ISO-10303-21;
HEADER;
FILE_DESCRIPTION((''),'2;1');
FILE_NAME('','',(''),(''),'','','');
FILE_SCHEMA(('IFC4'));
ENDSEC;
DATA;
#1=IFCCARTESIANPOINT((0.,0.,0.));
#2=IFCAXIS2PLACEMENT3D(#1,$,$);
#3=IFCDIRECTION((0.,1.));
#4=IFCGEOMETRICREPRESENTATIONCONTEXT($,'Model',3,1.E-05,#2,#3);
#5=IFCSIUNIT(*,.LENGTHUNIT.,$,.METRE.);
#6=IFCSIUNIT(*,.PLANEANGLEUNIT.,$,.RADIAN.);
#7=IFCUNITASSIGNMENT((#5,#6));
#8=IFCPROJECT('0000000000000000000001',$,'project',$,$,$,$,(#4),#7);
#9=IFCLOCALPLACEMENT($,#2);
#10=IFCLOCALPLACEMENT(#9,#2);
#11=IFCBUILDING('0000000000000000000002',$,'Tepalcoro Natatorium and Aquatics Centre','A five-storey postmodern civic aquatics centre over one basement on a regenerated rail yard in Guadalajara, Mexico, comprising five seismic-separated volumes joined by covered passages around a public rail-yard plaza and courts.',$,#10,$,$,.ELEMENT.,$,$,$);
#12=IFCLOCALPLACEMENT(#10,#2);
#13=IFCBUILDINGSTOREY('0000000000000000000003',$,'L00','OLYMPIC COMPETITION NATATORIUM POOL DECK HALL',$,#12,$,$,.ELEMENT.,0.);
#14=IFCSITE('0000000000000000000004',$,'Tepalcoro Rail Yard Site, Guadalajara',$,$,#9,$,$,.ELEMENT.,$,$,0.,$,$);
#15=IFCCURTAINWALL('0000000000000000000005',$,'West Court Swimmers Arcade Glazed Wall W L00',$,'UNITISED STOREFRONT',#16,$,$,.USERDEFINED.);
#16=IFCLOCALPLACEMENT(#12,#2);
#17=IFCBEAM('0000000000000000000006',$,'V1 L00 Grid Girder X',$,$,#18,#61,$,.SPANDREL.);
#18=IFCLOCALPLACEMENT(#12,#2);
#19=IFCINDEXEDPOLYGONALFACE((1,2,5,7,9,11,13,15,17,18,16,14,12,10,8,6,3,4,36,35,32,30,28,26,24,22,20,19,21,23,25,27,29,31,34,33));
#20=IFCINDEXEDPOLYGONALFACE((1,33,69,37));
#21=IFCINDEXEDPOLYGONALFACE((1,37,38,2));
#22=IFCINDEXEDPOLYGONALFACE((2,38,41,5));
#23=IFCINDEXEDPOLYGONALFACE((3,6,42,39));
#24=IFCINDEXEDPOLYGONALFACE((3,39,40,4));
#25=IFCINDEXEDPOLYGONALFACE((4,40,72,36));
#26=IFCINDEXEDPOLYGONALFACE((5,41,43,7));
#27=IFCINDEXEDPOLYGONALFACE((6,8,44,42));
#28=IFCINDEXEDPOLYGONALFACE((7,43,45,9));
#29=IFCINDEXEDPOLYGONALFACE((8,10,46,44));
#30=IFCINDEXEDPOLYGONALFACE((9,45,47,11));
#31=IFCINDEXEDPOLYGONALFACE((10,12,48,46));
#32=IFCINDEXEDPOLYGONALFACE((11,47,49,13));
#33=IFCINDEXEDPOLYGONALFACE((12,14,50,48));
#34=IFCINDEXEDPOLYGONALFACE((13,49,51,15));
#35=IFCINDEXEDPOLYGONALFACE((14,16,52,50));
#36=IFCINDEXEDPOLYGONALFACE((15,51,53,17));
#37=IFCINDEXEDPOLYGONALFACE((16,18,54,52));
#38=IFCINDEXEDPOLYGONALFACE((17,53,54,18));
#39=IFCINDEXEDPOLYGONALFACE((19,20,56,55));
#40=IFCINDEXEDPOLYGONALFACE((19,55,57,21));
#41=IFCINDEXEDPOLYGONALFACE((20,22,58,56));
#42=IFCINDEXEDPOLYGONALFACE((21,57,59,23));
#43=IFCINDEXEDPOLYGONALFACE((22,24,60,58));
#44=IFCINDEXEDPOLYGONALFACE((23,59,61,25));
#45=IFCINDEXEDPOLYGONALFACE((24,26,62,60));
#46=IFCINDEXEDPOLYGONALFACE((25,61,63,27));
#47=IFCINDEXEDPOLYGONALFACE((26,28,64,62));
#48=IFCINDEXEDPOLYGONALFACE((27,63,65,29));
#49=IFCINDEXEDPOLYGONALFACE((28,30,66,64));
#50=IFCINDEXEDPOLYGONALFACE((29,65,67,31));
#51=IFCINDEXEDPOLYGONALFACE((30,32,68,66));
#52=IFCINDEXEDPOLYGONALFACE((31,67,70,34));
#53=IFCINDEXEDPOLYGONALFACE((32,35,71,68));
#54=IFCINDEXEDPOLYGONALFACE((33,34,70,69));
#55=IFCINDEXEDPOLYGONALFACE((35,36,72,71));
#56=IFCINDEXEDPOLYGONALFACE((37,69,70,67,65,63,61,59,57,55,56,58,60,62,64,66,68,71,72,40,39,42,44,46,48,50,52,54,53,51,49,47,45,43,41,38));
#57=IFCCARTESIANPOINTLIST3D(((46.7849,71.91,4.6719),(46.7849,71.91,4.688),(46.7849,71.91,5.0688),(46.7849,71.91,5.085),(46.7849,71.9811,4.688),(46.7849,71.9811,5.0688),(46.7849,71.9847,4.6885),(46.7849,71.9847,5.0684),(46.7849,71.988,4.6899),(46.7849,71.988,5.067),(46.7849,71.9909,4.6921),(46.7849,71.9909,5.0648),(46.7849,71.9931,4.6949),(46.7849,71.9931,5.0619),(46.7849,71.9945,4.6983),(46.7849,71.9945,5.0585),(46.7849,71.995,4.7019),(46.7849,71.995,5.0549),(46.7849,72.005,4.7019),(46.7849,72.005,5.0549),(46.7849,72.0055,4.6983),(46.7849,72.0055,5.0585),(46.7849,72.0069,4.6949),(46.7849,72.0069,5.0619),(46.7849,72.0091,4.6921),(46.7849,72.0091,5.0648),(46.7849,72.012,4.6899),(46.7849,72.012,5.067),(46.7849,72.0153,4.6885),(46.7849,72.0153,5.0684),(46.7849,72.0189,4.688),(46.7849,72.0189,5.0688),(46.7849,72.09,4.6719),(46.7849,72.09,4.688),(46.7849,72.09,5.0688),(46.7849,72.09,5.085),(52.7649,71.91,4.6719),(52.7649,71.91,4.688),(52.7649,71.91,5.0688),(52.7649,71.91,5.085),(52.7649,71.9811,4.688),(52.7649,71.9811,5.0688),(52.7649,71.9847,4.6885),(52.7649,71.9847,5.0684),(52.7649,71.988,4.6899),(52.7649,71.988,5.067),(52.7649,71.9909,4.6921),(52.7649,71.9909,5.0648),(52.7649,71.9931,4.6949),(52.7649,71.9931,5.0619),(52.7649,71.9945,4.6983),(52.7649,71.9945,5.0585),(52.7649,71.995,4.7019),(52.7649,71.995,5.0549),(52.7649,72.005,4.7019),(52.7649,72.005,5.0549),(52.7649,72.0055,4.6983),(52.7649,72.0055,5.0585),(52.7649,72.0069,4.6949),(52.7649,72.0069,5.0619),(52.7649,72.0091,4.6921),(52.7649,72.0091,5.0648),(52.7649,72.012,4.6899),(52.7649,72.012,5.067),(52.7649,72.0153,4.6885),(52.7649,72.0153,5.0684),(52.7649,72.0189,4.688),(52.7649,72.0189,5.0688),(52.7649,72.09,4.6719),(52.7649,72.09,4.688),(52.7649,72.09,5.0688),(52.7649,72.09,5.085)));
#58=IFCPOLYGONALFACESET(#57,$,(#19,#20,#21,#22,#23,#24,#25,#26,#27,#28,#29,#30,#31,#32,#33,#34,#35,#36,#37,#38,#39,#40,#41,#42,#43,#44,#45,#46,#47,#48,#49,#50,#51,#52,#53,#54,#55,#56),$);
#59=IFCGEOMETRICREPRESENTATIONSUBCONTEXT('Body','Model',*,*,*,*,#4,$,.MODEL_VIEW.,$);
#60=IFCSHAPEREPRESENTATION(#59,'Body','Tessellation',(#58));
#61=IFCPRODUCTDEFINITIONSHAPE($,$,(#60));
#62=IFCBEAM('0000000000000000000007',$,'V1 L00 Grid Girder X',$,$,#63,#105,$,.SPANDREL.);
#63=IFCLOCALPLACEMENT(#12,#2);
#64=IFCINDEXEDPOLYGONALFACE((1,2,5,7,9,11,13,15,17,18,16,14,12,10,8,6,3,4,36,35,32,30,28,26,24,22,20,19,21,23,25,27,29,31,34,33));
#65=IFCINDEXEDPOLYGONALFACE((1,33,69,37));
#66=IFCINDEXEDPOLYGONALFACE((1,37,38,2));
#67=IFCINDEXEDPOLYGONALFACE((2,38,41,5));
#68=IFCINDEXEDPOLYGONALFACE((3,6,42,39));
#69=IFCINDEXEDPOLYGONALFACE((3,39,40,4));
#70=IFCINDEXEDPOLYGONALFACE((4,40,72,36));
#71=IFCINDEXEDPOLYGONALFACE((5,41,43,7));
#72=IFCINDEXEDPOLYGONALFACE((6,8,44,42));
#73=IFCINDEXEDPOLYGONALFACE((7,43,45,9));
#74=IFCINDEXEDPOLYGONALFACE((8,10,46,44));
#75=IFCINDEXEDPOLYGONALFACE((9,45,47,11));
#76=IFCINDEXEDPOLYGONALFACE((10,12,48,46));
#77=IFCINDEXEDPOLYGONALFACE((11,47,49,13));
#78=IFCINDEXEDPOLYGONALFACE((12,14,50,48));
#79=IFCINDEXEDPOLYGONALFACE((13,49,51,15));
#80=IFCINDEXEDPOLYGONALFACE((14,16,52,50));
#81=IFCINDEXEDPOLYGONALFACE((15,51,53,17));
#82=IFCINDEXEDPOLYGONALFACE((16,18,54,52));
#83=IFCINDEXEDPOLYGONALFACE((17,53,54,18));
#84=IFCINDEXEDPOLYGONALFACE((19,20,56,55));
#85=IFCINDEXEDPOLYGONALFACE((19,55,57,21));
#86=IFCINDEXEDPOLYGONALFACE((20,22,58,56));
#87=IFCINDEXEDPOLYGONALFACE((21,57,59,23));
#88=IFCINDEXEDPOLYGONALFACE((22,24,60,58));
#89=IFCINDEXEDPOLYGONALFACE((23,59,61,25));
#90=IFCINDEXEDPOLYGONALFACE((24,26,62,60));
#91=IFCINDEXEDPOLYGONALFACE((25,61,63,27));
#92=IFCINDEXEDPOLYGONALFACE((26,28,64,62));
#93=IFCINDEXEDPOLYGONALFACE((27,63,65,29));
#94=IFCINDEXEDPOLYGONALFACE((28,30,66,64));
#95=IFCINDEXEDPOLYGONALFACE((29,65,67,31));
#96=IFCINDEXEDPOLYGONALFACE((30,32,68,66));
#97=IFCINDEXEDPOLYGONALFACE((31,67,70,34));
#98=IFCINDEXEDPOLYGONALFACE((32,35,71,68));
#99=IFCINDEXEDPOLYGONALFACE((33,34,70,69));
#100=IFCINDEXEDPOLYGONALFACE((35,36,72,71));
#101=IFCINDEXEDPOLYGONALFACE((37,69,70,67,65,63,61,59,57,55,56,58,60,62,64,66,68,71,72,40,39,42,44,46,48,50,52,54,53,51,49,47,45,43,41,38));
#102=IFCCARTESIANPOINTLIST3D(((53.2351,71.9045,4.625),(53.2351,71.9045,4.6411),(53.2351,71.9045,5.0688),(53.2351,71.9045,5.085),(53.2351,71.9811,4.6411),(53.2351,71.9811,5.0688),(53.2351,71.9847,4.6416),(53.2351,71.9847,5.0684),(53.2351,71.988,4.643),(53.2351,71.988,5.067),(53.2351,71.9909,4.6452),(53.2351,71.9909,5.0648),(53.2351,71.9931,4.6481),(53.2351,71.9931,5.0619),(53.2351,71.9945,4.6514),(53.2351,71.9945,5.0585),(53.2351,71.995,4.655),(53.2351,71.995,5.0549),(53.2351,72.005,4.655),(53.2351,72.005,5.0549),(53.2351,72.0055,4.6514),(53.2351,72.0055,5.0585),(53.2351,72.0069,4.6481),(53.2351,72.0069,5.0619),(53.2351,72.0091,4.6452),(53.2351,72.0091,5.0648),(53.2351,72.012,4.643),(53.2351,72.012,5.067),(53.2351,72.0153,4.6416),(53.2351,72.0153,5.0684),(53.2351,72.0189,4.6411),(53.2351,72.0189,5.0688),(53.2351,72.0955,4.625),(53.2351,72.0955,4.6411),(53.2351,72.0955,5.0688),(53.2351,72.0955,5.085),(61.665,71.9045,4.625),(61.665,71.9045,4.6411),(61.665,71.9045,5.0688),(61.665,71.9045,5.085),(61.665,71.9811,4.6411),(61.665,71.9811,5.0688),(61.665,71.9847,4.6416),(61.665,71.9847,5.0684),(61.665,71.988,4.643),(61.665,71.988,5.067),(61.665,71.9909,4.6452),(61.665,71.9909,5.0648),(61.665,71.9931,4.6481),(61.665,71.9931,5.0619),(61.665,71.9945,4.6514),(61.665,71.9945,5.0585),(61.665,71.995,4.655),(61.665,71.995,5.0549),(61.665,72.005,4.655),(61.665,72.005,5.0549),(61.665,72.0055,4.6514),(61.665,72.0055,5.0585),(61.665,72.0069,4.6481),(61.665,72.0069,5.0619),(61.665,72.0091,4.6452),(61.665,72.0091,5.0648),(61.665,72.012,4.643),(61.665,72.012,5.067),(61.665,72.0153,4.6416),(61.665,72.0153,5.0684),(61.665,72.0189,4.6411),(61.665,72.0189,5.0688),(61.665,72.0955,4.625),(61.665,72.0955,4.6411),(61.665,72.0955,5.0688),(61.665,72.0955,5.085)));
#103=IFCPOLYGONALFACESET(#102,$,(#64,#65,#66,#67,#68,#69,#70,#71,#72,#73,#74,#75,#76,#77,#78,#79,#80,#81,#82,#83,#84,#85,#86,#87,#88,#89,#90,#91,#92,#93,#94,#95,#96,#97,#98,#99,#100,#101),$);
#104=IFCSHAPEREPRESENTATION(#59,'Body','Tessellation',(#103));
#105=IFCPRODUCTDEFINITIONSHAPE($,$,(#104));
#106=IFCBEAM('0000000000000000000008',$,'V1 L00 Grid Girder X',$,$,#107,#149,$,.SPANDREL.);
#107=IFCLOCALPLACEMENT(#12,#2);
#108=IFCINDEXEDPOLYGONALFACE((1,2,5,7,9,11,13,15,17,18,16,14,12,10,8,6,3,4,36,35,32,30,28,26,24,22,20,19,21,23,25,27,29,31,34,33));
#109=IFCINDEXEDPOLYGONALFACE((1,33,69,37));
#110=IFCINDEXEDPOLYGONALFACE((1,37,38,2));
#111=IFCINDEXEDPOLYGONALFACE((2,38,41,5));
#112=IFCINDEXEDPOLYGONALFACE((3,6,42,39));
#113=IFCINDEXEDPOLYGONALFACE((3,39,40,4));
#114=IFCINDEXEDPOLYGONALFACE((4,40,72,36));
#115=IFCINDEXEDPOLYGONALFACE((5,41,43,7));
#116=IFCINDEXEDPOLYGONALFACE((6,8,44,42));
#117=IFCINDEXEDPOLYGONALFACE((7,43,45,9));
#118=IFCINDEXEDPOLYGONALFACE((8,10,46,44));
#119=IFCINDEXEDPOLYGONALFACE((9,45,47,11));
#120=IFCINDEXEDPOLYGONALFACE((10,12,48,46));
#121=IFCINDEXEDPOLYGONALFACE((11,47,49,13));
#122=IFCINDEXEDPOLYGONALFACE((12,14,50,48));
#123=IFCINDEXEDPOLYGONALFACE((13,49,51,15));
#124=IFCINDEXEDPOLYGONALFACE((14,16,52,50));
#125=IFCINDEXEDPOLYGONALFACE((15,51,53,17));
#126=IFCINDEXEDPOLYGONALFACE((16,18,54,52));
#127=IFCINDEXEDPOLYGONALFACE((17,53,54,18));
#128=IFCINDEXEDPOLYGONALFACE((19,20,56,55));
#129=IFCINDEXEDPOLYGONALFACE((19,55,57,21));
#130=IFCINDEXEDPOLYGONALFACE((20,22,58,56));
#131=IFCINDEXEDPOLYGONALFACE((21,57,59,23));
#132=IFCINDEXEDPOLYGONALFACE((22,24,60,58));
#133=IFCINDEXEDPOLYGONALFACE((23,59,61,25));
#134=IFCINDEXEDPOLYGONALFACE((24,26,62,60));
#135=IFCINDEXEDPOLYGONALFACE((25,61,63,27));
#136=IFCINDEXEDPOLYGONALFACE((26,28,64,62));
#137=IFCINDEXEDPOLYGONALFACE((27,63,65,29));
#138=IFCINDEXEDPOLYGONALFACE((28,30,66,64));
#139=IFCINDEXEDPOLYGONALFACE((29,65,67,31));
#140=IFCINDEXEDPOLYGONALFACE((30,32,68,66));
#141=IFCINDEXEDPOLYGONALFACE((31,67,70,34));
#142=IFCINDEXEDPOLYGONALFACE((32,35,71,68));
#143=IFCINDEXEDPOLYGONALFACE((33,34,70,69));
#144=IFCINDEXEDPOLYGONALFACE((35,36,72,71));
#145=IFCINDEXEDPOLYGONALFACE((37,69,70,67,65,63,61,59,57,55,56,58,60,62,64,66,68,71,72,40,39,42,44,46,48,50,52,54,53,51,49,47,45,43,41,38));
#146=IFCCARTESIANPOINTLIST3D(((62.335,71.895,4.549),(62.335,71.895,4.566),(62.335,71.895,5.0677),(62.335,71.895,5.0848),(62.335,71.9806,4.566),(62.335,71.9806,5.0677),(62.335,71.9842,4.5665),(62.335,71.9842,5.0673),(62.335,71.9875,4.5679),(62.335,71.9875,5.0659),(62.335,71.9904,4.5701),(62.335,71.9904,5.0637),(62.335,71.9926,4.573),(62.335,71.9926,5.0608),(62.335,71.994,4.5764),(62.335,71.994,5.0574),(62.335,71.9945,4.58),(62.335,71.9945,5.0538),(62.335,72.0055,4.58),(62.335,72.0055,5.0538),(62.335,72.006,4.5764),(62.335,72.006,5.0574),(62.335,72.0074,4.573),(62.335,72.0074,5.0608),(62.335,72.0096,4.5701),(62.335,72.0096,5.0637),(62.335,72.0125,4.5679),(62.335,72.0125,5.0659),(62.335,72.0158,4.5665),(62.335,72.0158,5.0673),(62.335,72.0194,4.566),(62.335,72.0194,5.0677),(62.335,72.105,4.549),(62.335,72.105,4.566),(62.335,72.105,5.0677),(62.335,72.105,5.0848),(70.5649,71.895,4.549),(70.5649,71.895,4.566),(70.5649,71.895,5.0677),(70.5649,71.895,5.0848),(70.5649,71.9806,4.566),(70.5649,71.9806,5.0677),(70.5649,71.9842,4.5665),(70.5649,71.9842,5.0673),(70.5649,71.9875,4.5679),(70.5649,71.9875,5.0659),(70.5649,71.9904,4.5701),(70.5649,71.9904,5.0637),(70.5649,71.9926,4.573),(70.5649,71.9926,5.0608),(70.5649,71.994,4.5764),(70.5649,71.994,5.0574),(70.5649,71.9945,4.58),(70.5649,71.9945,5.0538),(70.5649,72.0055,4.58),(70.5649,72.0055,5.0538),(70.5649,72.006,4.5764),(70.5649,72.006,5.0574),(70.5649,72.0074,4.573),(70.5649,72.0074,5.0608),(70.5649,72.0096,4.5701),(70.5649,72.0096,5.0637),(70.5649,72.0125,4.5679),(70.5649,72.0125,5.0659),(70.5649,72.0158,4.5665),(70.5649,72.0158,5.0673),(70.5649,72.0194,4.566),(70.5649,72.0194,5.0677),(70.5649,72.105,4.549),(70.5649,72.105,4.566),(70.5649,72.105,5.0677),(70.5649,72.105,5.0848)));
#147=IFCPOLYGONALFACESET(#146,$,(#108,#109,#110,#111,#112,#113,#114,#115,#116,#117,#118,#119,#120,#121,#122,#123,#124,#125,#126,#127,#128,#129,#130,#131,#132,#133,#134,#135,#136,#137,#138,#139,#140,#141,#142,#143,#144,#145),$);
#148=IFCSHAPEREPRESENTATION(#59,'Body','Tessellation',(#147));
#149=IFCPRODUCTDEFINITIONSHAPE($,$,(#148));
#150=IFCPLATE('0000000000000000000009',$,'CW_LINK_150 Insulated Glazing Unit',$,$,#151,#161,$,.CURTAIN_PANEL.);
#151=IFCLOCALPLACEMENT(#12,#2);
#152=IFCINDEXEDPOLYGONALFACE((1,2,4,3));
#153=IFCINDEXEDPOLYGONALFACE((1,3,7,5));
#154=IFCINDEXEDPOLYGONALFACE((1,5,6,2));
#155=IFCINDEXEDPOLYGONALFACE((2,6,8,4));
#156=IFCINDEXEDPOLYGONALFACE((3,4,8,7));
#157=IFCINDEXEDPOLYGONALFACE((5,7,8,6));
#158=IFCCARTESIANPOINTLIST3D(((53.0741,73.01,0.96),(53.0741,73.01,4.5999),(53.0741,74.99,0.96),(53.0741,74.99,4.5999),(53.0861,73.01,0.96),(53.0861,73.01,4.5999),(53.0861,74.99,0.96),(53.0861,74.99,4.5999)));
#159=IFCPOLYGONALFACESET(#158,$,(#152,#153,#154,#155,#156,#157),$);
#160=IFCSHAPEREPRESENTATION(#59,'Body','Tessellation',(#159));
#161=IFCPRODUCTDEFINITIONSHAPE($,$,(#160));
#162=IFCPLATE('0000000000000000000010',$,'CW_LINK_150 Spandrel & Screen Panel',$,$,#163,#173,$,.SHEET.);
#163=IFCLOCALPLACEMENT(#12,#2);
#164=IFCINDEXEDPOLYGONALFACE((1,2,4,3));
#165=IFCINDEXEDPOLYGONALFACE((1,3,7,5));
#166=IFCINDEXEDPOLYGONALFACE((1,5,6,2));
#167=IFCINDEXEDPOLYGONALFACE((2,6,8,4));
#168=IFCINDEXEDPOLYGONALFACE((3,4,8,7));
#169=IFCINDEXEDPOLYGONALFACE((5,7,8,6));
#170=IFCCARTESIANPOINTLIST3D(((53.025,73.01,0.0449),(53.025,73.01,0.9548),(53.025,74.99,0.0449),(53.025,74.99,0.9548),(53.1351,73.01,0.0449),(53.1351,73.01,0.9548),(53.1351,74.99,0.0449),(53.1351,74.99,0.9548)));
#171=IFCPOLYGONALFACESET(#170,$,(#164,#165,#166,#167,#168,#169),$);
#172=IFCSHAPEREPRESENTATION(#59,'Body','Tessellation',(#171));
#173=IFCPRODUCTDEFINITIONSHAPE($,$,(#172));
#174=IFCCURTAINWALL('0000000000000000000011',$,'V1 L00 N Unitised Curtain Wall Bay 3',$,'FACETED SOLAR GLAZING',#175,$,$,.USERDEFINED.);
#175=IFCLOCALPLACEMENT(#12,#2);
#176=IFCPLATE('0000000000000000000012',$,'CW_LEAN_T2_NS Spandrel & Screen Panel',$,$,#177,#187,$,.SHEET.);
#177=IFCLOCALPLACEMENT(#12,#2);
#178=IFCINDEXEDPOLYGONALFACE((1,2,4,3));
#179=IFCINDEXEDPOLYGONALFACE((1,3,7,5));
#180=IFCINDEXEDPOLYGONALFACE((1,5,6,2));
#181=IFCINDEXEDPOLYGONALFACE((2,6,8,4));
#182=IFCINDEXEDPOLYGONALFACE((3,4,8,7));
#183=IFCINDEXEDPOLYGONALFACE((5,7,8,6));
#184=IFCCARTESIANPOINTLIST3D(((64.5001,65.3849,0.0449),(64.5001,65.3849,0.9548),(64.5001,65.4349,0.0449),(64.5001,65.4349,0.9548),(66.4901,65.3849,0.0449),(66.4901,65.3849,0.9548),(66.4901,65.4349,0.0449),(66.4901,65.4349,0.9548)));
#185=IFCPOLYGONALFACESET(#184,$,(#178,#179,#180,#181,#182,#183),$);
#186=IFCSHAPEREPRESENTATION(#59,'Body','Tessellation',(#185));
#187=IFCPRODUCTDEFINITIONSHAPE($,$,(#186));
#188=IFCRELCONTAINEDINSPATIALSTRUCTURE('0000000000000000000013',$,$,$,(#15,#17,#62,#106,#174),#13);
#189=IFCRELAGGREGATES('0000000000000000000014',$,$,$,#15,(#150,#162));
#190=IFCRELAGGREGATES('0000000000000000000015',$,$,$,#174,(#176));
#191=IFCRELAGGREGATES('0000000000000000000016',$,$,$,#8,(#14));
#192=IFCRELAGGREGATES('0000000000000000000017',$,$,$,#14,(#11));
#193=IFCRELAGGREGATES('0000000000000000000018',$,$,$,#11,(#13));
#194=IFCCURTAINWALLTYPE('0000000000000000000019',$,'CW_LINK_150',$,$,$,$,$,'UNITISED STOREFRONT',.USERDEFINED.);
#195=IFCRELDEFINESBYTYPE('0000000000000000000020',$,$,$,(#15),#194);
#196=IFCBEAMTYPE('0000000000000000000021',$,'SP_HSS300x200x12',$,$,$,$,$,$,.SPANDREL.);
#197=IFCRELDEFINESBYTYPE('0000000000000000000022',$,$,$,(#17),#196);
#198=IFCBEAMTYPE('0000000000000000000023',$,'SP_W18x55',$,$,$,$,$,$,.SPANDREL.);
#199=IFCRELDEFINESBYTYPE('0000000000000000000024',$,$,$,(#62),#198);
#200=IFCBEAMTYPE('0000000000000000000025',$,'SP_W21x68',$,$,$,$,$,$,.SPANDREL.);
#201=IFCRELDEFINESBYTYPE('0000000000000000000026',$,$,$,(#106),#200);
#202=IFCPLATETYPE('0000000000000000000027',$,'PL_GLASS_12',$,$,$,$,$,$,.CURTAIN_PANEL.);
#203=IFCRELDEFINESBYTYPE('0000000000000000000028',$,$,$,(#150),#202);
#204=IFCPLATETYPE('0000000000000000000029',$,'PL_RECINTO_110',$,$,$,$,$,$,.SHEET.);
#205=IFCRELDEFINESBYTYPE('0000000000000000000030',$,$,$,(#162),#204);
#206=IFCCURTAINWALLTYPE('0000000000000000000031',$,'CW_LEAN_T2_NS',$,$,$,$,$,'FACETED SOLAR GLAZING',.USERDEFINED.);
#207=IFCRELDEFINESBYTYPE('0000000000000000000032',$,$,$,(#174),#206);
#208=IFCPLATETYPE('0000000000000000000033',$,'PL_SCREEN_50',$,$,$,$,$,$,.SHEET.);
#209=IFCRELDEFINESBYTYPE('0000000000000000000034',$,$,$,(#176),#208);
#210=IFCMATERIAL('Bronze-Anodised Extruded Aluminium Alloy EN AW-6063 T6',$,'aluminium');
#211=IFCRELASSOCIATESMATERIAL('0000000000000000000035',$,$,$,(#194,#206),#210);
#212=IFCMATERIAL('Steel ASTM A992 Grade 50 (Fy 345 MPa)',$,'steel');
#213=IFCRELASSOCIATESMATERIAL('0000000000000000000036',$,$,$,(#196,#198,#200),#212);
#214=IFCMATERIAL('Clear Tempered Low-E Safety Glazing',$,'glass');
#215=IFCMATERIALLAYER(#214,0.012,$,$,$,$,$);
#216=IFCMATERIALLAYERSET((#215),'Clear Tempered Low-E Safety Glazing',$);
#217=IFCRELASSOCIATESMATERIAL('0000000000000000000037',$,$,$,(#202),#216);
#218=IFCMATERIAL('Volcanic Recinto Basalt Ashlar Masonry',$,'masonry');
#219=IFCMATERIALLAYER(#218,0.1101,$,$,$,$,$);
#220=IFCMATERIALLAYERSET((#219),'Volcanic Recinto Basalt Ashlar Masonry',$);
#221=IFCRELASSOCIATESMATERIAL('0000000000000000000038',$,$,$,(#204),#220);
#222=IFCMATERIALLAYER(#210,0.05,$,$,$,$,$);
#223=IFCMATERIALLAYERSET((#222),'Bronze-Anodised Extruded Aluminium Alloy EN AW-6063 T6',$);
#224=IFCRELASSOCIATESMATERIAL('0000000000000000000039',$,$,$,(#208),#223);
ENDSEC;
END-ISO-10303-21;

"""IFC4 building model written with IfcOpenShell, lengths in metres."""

from ifc_helpers import new_model, si_unit, direction, frame, origin, origin_2d, place, context, subcontext, project, spatial, rectangle, i_section, extrude, material, layer, layer_set, material_profile, profile_set, type_object, element, aggregate, save


model = new_model("IFC4")

# Units and contexts
model_context = context("Model", 3, precision=1e-05, world=origin(), true_north=direction((0.0, 1.0)))
body_context = subcontext(model_context, "Body", "Model", "MODEL_VIEW")
ifc_project = project(units=[si_unit("LENGTHUNIT", "METRE"), si_unit("PLANEANGLEUNIT", "RADIAN")], contexts=[model_context])

# Site, building, storey
site_placement = place(None, origin())
site = spatial("IfcSite", under=ifc_project, at=site_placement, Name="Tepalcoro Rail Yard Site, Guadalajara", CompositionType="ELEMENT", RefElevation=0.0)
building_placement = place(site_placement, origin())
building = spatial("IfcBuilding", under=site, at=building_placement, Name="Tepalcoro Natatorium and Aquatics Centre", Description="A five-storey postmodern civic aquatics centre over one basement on a regenerated rail yard in Guadalajara, Mexico, comprising five seismic-separated volumes joined by covered passages around a public rail-yard plaza and courts.", CompositionType="ELEMENT")
storey_placement = place(building_placement, origin())
storey = spatial("IfcBuildingStorey", under=building, at=storey_placement, Name="L00", Description="OLYMPIC COMPETITION NATATORIUM POOL DECK HALL", CompositionType="ELEMENT", Elevation=0.0)

# Shared definitions
ifc_material_1 = material(Name="Steel ASTM A992 Grade 50 (Fy 345 MPa)", Category="steel")

# Curtain wall
ifc_material_2 = material(Name="Bronze-Anodised Extruded Aluminium Alloy EN AW-6063 T6", Category="aluminium")
curtain_wall_type_1 = type_object("IfcCurtainWallType", Name="CW_LINK_150", ElementType="UNITISED STOREFRONT", PredefinedType="USERDEFINED", material=ifc_material_2)
curtain_wall_1_placement = place(storey_placement, origin())
curtain_wall_1 = element("IfcCurtainWall", 1, at=curtain_wall_1_placement, inside=storey, type_object=curtain_wall_type_1, Name="West Court Swimmers Arcade Glazed Wall W L00", ObjectType="UNITISED STOREFRONT", PredefinedType="USERDEFINED")

# Beams
ifc_material_profile_1 = material_profile(ifc_material_1, i_section(OverallWidth=0.1799, OverallDepth=0.4131, WebThickness=0.01, FlangeThickness=0.0161, FilletRadius=0.0139, at=origin_2d()), Name="W16X50")
ifc_profile_set_1 = profile_set([ifc_material_profile_1], Name="Steel ASTM A992 Grade 50 (Fy 345 MPa)")
beam_type_1 = type_object("IfcBeamType", Name="SP_HSS300x200x12", PredefinedType="SPANDREL", material=ifc_profile_set_1)
beam_1_placement = place(storey_placement, frame((46.7849, 72.0, 4.8784), z_axis=(1.0, 0.0, 0.0), x_axis=(0.0, 1.0, 0.0)))
element("IfcBeam", 2, at=beam_1_placement, inside=storey, type_object=beam_type_1, Name="V1 L00 Grid Girder X", PredefinedType="SPANDREL", context=body_context, shape_type="SweptSolid", body=[
    extrude(i_section(OverallWidth=0.1799, OverallDepth=0.4131, WebThickness=0.01, FlangeThickness=0.0161, FilletRadius=0.0139, at=origin_2d()), origin(), (0.0, 0.0, 1.0), 5.98),
])
ifc_material_profile_2 = material_profile(ifc_material_1, i_section(OverallWidth=0.1909, OverallDepth=0.46, WebThickness=0.01, FlangeThickness=0.0161, FilletRadius=0.0139, at=origin_2d()), Name="W18X55")
ifc_profile_set_2 = profile_set([ifc_material_profile_2], Name="Steel ASTM A992 Grade 50 (Fy 345 MPa)")
beam_type_2 = type_object("IfcBeamType", Name="SP_W18x55", PredefinedType="SPANDREL", material=ifc_profile_set_2)
beam_2_placement = place(storey_placement, frame((53.2351, 72.0, 4.855), z_axis=(1.0, 0.0, 0.0), x_axis=(0.0, 1.0, 0.0)))
element("IfcBeam", 3, at=beam_2_placement, inside=storey, type_object=beam_type_2, Name="V1 L00 Grid Girder X", PredefinedType="SPANDREL", context=body_context, shape_type="SweptSolid", body=[
    extrude(i_section(OverallWidth=0.1909, OverallDepth=0.46, WebThickness=0.01, FlangeThickness=0.0161, FilletRadius=0.0139, at=origin_2d()), origin(), (0.0, 0.0, 1.0), 8.4299),
])
ifc_material_profile_3 = material_profile(ifc_material_1, i_section(OverallWidth=0.21, OverallDepth=0.5359, WebThickness=0.011, FlangeThickness=0.0171, FilletRadius=0.0139, at=origin_2d()), Name="W21X68")
ifc_profile_set_3 = profile_set([ifc_material_profile_3], Name="Steel ASTM A992 Grade 50 (Fy 345 MPa)")
beam_type_3 = type_object("IfcBeamType", Name="SP_W21x68", PredefinedType="SPANDREL", material=ifc_profile_set_3)
beam_3_placement = place(storey_placement, frame((62.335, 72.0, 4.8169), z_axis=(1.0, 0.0, 0.0), x_axis=(0.0, 1.0, 0.0)))
element("IfcBeam", 4, at=beam_3_placement, inside=storey, type_object=beam_type_3, Name="V1 L00 Grid Girder X", PredefinedType="SPANDREL", context=body_context, shape_type="SweptSolid", body=[
    extrude(i_section(OverallWidth=0.21, OverallDepth=0.5359, WebThickness=0.011, FlangeThickness=0.0171, FilletRadius=0.0139, at=origin_2d()), origin(), (0.0, 0.0, 1.0), 8.23),
])

# Plates
ifc_material_3 = material(Name="Clear Tempered Low-E Safety Glazing", Category="glass")
ifc_layer_1 = layer(ifc_material_3, 0.012)
ifc_layer_set_1 = layer_set([ifc_layer_1], Name="Clear Tempered Low-E Safety Glazing")
plate_type_1 = type_object("IfcPlateType", Name="PL_GLASS_12", PredefinedType="CURTAIN_PANEL", material=ifc_layer_set_1)
plate_1_placement = place(storey_placement, frame((53.0801, 74.0, 0.96), z_axis=(0.0, 0.0, 1.0), x_axis=(1.0, 0.0, 0.0)))
plate_1 = element("IfcPlate", 5, at=plate_1_placement, type_object=plate_type_1, Name="CW_LINK_150 Insulated Glazing Unit", PredefinedType="CURTAIN_PANEL", context=body_context, shape_type="SweptSolid", body=[
    extrude(rectangle(XDim=0.012, YDim=1.98, at=origin_2d()), origin(), (0.0, 0.0, 1.0), 3.6399),
])
ifc_material_4 = material(Name="Volcanic Recinto Basalt Ashlar Masonry", Category="masonry")
ifc_layer_2 = layer(ifc_material_4, 0.1101)
ifc_layer_set_2 = layer_set([ifc_layer_2], Name="Volcanic Recinto Basalt Ashlar Masonry")
plate_type_2 = type_object("IfcPlateType", Name="PL_RECINTO_110", PredefinedType="SHEET", material=ifc_layer_set_2)
plate_2_placement = place(storey_placement, frame((53.0801, 74.0, 0.0449), z_axis=(0.0, 0.0, 1.0), x_axis=(1.0, 0.0, 0.0)))
plate_2 = element("IfcPlate", 6, at=plate_2_placement, type_object=plate_type_2, Name="CW_LINK_150 Spandrel & Screen Panel", PredefinedType="SHEET", context=body_context, shape_type="SweptSolid", body=[
    extrude(rectangle(XDim=0.1101, YDim=1.98, at=origin_2d()), origin(), (0.0, 0.0, 1.0), 0.9099),
])
aggregate(curtain_wall_1, [plate_1, plate_2])

# Curtain wall, plate
curtain_wall_type_2 = type_object("IfcCurtainWallType", Name="CW_LEAN_T2_NS", ElementType="FACETED SOLAR GLAZING", PredefinedType="USERDEFINED", material=ifc_material_2)
curtain_wall_2_placement = place(storey_placement, origin())
curtain_wall_2 = element("IfcCurtainWall", 7, at=curtain_wall_2_placement, inside=storey, type_object=curtain_wall_type_2, Name="V1 L00 N Unitised Curtain Wall Bay 3", ObjectType="FACETED SOLAR GLAZING", PredefinedType="USERDEFINED")
ifc_layer_3 = layer(ifc_material_2, 0.05)
ifc_layer_set_3 = layer_set([ifc_layer_3], Name="Bronze-Anodised Extruded Aluminium Alloy EN AW-6063 T6")
plate_type_3 = type_object("IfcPlateType", Name="PL_SCREEN_50", PredefinedType="SHEET", material=ifc_layer_set_3)
plate_3_placement = place(storey_placement, frame((65.4951, 65.4099, 0.0449), z_axis=(0.0, 0.0, 1.0), x_axis=(1.0, 0.0, 0.0)))
plate_3 = element("IfcPlate", 8, at=plate_3_placement, type_object=plate_type_3, Name="CW_LEAN_T2_NS Spandrel & Screen Panel", PredefinedType="SHEET", context=body_context, shape_type="SweptSolid", body=[
    extrude(rectangle(XDim=1.99, YDim=0.05, at=origin_2d()), origin(), (0.0, 0.0, 1.0), 0.9099),
])
aggregate(curtain_wall_2, [plate_3])

save(model, "model.ifc")
